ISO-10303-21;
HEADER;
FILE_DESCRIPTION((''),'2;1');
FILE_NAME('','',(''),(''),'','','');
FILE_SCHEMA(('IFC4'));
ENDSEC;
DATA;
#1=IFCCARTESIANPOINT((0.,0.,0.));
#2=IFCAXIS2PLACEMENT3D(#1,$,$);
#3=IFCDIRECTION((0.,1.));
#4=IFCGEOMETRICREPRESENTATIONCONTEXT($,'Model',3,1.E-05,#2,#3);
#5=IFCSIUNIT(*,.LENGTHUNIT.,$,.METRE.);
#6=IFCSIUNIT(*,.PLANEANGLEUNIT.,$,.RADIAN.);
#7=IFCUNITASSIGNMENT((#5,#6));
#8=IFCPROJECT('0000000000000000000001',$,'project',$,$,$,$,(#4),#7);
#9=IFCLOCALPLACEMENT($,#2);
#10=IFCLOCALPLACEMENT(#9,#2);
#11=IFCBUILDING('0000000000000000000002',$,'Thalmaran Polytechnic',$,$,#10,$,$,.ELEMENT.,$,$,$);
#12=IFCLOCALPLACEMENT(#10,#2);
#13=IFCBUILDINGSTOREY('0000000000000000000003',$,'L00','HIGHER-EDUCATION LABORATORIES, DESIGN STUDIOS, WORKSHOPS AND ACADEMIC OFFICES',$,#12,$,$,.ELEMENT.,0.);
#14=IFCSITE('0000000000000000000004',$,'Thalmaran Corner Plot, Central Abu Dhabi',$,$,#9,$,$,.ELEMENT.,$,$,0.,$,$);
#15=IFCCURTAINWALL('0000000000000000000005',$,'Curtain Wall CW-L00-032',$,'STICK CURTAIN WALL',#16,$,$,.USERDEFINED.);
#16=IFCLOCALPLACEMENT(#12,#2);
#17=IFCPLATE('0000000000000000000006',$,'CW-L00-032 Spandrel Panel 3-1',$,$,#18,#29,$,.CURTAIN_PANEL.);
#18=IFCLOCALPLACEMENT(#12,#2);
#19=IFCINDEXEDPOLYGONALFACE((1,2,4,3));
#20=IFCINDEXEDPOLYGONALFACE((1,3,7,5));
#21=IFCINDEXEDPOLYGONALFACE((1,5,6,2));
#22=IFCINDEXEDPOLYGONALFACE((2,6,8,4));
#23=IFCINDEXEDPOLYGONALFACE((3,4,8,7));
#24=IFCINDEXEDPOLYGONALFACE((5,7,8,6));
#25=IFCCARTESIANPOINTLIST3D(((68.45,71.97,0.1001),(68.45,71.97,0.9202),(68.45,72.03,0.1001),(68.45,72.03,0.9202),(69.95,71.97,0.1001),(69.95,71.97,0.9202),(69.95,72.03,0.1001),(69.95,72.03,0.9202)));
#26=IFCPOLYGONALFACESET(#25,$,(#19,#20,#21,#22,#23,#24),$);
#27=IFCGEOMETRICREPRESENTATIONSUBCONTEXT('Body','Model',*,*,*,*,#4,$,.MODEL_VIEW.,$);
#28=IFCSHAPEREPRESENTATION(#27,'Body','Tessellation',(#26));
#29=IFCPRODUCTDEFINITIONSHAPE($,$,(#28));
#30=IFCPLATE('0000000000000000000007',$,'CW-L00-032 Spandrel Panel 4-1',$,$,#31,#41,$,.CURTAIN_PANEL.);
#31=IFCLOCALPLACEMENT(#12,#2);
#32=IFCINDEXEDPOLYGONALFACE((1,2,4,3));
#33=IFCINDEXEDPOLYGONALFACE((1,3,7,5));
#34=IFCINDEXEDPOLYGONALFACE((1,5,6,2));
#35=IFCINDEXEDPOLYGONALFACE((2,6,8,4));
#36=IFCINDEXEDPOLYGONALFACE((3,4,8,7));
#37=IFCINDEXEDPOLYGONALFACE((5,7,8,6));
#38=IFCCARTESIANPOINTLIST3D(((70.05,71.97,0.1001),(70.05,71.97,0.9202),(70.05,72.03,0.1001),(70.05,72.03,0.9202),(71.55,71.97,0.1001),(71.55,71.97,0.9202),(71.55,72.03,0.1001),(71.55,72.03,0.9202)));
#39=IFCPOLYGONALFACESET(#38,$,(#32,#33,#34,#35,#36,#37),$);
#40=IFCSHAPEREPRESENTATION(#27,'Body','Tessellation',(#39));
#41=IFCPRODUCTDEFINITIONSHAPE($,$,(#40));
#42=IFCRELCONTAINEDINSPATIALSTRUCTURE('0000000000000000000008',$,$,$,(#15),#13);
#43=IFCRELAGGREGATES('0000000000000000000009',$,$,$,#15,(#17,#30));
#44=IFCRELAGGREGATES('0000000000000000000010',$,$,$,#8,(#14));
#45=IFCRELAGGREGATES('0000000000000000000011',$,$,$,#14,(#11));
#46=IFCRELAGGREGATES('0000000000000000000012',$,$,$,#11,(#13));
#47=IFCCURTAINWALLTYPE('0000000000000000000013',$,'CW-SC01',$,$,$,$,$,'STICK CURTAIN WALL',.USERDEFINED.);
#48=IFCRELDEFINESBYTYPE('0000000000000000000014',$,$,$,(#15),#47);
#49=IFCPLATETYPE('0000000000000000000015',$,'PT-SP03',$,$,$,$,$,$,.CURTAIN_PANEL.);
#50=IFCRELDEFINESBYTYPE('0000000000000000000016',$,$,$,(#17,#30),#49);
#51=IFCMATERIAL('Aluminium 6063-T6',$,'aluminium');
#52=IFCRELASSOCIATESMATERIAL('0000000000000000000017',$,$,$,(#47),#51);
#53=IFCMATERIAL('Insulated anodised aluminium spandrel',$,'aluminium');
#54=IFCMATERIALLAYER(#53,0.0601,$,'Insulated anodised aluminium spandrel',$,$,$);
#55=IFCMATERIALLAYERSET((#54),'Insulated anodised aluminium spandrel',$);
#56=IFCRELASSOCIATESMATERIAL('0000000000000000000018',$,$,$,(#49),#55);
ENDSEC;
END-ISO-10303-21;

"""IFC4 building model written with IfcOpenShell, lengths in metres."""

from ifc_helpers import new_model, si_unit, direction, frame, origin, origin_2d, place, context, subcontext, project, spatial, rectangle, extrude, material, layer, layer_set, type_object, element, aggregate, save


model = new_model("IFC4")

# Units and contexts
model_context = context("Model", 3, precision=1e-05, world=origin(), true_north=direction((0.0, 1.0)))
body_context = subcontext(model_context, "Body", "Model", "MODEL_VIEW")
ifc_project = project(units=[si_unit("LENGTHUNIT", "METRE"), si_unit("PLANEANGLEUNIT", "RADIAN")], contexts=[model_context])

# Site, building, storey
site_placement = place(None, origin())
site = spatial("IfcSite", under=ifc_project, at=site_placement, Name="Thalmaran Corner Plot, Central Abu Dhabi", CompositionType="ELEMENT", RefElevation=0.0)
building_placement = place(site_placement, origin())
building = spatial("IfcBuilding", under=site, at=building_placement, Name="Thalmaran Polytechnic", CompositionType="ELEMENT")
storey_placement = place(building_placement, origin())
storey = spatial("IfcBuildingStorey", under=building, at=storey_placement, Name="L00", Description="HIGHER-EDUCATION LABORATORIES, DESIGN STUDIOS, WORKSHOPS AND ACADEMIC OFFICES", CompositionType="ELEMENT", Elevation=0.0)

# Shared definitions
ifc_material_1 = material(Name="Aluminium 6063-T6", Category="aluminium")

# Curtain wall
curtain_wall_type_1 = type_object("IfcCurtainWallType", Name="CW-SC01", ElementType="STICK CURTAIN WALL", PredefinedType="USERDEFINED", material=ifc_material_1)
curtain_wall_1_placement = place(storey_placement, origin())
curtain_wall_1 = element("IfcCurtainWall", 1, at=curtain_wall_1_placement, inside=storey, type_object=curtain_wall_type_1, Name="Curtain Wall CW-L00-032", ObjectType="STICK CURTAIN WALL", PredefinedType="USERDEFINED")

# Plates
ifc_material_2 = material(Name="Insulated anodised aluminium spandrel", Category="aluminium")
ifc_layer_1 = layer(ifc_material_2, 0.0601, Name="Insulated anodised aluminium spandrel")
ifc_layer_set_1 = layer_set([ifc_layer_1], Name="Insulated anodised aluminium spandrel")
plate_type_1 = type_object("IfcPlateType", Name="PT-SP03", PredefinedType="CURTAIN_PANEL", material=ifc_layer_set_1)
plate_1_placement = place(storey_placement, frame((69.2, 72.0, 0.1001), z_axis=(0.0, 0.0, 1.0), x_axis=(1.0, 0.0, 0.0)))
plate_1 = element("IfcPlate", 2, at=plate_1_placement, type_object=plate_type_1, Name="CW-L00-032 Spandrel Panel 3-1", PredefinedType="CURTAIN_PANEL", context=body_context, shape_type="SweptSolid", body=[
    extrude(rectangle(XDim=1.5, YDim=0.0601, at=origin_2d()), origin(), (0.0, 0.0, 1.0), 0.8201),
])
plate_2_placement = place(storey_placement, frame((70.8, 72.0, 0.1001), z_axis=(0.0, 0.0, 1.0), x_axis=(1.0, 0.0, 0.0)))
plate_2 = element("IfcPlate", 3, at=plate_2_placement, type_object=plate_type_1, Name="CW-L00-032 Spandrel Panel 4-1", PredefinedType="CURTAIN_PANEL", context=body_context, shape_type="SweptSolid", body=[
    extrude(rectangle(XDim=1.5, YDim=0.0601, at=origin_2d()), origin(), (0.0, 0.0, 1.0), 0.8201),
])
aggregate(curtain_wall_1, [plate_1, plate_2])

save(model, "model.ifc")
